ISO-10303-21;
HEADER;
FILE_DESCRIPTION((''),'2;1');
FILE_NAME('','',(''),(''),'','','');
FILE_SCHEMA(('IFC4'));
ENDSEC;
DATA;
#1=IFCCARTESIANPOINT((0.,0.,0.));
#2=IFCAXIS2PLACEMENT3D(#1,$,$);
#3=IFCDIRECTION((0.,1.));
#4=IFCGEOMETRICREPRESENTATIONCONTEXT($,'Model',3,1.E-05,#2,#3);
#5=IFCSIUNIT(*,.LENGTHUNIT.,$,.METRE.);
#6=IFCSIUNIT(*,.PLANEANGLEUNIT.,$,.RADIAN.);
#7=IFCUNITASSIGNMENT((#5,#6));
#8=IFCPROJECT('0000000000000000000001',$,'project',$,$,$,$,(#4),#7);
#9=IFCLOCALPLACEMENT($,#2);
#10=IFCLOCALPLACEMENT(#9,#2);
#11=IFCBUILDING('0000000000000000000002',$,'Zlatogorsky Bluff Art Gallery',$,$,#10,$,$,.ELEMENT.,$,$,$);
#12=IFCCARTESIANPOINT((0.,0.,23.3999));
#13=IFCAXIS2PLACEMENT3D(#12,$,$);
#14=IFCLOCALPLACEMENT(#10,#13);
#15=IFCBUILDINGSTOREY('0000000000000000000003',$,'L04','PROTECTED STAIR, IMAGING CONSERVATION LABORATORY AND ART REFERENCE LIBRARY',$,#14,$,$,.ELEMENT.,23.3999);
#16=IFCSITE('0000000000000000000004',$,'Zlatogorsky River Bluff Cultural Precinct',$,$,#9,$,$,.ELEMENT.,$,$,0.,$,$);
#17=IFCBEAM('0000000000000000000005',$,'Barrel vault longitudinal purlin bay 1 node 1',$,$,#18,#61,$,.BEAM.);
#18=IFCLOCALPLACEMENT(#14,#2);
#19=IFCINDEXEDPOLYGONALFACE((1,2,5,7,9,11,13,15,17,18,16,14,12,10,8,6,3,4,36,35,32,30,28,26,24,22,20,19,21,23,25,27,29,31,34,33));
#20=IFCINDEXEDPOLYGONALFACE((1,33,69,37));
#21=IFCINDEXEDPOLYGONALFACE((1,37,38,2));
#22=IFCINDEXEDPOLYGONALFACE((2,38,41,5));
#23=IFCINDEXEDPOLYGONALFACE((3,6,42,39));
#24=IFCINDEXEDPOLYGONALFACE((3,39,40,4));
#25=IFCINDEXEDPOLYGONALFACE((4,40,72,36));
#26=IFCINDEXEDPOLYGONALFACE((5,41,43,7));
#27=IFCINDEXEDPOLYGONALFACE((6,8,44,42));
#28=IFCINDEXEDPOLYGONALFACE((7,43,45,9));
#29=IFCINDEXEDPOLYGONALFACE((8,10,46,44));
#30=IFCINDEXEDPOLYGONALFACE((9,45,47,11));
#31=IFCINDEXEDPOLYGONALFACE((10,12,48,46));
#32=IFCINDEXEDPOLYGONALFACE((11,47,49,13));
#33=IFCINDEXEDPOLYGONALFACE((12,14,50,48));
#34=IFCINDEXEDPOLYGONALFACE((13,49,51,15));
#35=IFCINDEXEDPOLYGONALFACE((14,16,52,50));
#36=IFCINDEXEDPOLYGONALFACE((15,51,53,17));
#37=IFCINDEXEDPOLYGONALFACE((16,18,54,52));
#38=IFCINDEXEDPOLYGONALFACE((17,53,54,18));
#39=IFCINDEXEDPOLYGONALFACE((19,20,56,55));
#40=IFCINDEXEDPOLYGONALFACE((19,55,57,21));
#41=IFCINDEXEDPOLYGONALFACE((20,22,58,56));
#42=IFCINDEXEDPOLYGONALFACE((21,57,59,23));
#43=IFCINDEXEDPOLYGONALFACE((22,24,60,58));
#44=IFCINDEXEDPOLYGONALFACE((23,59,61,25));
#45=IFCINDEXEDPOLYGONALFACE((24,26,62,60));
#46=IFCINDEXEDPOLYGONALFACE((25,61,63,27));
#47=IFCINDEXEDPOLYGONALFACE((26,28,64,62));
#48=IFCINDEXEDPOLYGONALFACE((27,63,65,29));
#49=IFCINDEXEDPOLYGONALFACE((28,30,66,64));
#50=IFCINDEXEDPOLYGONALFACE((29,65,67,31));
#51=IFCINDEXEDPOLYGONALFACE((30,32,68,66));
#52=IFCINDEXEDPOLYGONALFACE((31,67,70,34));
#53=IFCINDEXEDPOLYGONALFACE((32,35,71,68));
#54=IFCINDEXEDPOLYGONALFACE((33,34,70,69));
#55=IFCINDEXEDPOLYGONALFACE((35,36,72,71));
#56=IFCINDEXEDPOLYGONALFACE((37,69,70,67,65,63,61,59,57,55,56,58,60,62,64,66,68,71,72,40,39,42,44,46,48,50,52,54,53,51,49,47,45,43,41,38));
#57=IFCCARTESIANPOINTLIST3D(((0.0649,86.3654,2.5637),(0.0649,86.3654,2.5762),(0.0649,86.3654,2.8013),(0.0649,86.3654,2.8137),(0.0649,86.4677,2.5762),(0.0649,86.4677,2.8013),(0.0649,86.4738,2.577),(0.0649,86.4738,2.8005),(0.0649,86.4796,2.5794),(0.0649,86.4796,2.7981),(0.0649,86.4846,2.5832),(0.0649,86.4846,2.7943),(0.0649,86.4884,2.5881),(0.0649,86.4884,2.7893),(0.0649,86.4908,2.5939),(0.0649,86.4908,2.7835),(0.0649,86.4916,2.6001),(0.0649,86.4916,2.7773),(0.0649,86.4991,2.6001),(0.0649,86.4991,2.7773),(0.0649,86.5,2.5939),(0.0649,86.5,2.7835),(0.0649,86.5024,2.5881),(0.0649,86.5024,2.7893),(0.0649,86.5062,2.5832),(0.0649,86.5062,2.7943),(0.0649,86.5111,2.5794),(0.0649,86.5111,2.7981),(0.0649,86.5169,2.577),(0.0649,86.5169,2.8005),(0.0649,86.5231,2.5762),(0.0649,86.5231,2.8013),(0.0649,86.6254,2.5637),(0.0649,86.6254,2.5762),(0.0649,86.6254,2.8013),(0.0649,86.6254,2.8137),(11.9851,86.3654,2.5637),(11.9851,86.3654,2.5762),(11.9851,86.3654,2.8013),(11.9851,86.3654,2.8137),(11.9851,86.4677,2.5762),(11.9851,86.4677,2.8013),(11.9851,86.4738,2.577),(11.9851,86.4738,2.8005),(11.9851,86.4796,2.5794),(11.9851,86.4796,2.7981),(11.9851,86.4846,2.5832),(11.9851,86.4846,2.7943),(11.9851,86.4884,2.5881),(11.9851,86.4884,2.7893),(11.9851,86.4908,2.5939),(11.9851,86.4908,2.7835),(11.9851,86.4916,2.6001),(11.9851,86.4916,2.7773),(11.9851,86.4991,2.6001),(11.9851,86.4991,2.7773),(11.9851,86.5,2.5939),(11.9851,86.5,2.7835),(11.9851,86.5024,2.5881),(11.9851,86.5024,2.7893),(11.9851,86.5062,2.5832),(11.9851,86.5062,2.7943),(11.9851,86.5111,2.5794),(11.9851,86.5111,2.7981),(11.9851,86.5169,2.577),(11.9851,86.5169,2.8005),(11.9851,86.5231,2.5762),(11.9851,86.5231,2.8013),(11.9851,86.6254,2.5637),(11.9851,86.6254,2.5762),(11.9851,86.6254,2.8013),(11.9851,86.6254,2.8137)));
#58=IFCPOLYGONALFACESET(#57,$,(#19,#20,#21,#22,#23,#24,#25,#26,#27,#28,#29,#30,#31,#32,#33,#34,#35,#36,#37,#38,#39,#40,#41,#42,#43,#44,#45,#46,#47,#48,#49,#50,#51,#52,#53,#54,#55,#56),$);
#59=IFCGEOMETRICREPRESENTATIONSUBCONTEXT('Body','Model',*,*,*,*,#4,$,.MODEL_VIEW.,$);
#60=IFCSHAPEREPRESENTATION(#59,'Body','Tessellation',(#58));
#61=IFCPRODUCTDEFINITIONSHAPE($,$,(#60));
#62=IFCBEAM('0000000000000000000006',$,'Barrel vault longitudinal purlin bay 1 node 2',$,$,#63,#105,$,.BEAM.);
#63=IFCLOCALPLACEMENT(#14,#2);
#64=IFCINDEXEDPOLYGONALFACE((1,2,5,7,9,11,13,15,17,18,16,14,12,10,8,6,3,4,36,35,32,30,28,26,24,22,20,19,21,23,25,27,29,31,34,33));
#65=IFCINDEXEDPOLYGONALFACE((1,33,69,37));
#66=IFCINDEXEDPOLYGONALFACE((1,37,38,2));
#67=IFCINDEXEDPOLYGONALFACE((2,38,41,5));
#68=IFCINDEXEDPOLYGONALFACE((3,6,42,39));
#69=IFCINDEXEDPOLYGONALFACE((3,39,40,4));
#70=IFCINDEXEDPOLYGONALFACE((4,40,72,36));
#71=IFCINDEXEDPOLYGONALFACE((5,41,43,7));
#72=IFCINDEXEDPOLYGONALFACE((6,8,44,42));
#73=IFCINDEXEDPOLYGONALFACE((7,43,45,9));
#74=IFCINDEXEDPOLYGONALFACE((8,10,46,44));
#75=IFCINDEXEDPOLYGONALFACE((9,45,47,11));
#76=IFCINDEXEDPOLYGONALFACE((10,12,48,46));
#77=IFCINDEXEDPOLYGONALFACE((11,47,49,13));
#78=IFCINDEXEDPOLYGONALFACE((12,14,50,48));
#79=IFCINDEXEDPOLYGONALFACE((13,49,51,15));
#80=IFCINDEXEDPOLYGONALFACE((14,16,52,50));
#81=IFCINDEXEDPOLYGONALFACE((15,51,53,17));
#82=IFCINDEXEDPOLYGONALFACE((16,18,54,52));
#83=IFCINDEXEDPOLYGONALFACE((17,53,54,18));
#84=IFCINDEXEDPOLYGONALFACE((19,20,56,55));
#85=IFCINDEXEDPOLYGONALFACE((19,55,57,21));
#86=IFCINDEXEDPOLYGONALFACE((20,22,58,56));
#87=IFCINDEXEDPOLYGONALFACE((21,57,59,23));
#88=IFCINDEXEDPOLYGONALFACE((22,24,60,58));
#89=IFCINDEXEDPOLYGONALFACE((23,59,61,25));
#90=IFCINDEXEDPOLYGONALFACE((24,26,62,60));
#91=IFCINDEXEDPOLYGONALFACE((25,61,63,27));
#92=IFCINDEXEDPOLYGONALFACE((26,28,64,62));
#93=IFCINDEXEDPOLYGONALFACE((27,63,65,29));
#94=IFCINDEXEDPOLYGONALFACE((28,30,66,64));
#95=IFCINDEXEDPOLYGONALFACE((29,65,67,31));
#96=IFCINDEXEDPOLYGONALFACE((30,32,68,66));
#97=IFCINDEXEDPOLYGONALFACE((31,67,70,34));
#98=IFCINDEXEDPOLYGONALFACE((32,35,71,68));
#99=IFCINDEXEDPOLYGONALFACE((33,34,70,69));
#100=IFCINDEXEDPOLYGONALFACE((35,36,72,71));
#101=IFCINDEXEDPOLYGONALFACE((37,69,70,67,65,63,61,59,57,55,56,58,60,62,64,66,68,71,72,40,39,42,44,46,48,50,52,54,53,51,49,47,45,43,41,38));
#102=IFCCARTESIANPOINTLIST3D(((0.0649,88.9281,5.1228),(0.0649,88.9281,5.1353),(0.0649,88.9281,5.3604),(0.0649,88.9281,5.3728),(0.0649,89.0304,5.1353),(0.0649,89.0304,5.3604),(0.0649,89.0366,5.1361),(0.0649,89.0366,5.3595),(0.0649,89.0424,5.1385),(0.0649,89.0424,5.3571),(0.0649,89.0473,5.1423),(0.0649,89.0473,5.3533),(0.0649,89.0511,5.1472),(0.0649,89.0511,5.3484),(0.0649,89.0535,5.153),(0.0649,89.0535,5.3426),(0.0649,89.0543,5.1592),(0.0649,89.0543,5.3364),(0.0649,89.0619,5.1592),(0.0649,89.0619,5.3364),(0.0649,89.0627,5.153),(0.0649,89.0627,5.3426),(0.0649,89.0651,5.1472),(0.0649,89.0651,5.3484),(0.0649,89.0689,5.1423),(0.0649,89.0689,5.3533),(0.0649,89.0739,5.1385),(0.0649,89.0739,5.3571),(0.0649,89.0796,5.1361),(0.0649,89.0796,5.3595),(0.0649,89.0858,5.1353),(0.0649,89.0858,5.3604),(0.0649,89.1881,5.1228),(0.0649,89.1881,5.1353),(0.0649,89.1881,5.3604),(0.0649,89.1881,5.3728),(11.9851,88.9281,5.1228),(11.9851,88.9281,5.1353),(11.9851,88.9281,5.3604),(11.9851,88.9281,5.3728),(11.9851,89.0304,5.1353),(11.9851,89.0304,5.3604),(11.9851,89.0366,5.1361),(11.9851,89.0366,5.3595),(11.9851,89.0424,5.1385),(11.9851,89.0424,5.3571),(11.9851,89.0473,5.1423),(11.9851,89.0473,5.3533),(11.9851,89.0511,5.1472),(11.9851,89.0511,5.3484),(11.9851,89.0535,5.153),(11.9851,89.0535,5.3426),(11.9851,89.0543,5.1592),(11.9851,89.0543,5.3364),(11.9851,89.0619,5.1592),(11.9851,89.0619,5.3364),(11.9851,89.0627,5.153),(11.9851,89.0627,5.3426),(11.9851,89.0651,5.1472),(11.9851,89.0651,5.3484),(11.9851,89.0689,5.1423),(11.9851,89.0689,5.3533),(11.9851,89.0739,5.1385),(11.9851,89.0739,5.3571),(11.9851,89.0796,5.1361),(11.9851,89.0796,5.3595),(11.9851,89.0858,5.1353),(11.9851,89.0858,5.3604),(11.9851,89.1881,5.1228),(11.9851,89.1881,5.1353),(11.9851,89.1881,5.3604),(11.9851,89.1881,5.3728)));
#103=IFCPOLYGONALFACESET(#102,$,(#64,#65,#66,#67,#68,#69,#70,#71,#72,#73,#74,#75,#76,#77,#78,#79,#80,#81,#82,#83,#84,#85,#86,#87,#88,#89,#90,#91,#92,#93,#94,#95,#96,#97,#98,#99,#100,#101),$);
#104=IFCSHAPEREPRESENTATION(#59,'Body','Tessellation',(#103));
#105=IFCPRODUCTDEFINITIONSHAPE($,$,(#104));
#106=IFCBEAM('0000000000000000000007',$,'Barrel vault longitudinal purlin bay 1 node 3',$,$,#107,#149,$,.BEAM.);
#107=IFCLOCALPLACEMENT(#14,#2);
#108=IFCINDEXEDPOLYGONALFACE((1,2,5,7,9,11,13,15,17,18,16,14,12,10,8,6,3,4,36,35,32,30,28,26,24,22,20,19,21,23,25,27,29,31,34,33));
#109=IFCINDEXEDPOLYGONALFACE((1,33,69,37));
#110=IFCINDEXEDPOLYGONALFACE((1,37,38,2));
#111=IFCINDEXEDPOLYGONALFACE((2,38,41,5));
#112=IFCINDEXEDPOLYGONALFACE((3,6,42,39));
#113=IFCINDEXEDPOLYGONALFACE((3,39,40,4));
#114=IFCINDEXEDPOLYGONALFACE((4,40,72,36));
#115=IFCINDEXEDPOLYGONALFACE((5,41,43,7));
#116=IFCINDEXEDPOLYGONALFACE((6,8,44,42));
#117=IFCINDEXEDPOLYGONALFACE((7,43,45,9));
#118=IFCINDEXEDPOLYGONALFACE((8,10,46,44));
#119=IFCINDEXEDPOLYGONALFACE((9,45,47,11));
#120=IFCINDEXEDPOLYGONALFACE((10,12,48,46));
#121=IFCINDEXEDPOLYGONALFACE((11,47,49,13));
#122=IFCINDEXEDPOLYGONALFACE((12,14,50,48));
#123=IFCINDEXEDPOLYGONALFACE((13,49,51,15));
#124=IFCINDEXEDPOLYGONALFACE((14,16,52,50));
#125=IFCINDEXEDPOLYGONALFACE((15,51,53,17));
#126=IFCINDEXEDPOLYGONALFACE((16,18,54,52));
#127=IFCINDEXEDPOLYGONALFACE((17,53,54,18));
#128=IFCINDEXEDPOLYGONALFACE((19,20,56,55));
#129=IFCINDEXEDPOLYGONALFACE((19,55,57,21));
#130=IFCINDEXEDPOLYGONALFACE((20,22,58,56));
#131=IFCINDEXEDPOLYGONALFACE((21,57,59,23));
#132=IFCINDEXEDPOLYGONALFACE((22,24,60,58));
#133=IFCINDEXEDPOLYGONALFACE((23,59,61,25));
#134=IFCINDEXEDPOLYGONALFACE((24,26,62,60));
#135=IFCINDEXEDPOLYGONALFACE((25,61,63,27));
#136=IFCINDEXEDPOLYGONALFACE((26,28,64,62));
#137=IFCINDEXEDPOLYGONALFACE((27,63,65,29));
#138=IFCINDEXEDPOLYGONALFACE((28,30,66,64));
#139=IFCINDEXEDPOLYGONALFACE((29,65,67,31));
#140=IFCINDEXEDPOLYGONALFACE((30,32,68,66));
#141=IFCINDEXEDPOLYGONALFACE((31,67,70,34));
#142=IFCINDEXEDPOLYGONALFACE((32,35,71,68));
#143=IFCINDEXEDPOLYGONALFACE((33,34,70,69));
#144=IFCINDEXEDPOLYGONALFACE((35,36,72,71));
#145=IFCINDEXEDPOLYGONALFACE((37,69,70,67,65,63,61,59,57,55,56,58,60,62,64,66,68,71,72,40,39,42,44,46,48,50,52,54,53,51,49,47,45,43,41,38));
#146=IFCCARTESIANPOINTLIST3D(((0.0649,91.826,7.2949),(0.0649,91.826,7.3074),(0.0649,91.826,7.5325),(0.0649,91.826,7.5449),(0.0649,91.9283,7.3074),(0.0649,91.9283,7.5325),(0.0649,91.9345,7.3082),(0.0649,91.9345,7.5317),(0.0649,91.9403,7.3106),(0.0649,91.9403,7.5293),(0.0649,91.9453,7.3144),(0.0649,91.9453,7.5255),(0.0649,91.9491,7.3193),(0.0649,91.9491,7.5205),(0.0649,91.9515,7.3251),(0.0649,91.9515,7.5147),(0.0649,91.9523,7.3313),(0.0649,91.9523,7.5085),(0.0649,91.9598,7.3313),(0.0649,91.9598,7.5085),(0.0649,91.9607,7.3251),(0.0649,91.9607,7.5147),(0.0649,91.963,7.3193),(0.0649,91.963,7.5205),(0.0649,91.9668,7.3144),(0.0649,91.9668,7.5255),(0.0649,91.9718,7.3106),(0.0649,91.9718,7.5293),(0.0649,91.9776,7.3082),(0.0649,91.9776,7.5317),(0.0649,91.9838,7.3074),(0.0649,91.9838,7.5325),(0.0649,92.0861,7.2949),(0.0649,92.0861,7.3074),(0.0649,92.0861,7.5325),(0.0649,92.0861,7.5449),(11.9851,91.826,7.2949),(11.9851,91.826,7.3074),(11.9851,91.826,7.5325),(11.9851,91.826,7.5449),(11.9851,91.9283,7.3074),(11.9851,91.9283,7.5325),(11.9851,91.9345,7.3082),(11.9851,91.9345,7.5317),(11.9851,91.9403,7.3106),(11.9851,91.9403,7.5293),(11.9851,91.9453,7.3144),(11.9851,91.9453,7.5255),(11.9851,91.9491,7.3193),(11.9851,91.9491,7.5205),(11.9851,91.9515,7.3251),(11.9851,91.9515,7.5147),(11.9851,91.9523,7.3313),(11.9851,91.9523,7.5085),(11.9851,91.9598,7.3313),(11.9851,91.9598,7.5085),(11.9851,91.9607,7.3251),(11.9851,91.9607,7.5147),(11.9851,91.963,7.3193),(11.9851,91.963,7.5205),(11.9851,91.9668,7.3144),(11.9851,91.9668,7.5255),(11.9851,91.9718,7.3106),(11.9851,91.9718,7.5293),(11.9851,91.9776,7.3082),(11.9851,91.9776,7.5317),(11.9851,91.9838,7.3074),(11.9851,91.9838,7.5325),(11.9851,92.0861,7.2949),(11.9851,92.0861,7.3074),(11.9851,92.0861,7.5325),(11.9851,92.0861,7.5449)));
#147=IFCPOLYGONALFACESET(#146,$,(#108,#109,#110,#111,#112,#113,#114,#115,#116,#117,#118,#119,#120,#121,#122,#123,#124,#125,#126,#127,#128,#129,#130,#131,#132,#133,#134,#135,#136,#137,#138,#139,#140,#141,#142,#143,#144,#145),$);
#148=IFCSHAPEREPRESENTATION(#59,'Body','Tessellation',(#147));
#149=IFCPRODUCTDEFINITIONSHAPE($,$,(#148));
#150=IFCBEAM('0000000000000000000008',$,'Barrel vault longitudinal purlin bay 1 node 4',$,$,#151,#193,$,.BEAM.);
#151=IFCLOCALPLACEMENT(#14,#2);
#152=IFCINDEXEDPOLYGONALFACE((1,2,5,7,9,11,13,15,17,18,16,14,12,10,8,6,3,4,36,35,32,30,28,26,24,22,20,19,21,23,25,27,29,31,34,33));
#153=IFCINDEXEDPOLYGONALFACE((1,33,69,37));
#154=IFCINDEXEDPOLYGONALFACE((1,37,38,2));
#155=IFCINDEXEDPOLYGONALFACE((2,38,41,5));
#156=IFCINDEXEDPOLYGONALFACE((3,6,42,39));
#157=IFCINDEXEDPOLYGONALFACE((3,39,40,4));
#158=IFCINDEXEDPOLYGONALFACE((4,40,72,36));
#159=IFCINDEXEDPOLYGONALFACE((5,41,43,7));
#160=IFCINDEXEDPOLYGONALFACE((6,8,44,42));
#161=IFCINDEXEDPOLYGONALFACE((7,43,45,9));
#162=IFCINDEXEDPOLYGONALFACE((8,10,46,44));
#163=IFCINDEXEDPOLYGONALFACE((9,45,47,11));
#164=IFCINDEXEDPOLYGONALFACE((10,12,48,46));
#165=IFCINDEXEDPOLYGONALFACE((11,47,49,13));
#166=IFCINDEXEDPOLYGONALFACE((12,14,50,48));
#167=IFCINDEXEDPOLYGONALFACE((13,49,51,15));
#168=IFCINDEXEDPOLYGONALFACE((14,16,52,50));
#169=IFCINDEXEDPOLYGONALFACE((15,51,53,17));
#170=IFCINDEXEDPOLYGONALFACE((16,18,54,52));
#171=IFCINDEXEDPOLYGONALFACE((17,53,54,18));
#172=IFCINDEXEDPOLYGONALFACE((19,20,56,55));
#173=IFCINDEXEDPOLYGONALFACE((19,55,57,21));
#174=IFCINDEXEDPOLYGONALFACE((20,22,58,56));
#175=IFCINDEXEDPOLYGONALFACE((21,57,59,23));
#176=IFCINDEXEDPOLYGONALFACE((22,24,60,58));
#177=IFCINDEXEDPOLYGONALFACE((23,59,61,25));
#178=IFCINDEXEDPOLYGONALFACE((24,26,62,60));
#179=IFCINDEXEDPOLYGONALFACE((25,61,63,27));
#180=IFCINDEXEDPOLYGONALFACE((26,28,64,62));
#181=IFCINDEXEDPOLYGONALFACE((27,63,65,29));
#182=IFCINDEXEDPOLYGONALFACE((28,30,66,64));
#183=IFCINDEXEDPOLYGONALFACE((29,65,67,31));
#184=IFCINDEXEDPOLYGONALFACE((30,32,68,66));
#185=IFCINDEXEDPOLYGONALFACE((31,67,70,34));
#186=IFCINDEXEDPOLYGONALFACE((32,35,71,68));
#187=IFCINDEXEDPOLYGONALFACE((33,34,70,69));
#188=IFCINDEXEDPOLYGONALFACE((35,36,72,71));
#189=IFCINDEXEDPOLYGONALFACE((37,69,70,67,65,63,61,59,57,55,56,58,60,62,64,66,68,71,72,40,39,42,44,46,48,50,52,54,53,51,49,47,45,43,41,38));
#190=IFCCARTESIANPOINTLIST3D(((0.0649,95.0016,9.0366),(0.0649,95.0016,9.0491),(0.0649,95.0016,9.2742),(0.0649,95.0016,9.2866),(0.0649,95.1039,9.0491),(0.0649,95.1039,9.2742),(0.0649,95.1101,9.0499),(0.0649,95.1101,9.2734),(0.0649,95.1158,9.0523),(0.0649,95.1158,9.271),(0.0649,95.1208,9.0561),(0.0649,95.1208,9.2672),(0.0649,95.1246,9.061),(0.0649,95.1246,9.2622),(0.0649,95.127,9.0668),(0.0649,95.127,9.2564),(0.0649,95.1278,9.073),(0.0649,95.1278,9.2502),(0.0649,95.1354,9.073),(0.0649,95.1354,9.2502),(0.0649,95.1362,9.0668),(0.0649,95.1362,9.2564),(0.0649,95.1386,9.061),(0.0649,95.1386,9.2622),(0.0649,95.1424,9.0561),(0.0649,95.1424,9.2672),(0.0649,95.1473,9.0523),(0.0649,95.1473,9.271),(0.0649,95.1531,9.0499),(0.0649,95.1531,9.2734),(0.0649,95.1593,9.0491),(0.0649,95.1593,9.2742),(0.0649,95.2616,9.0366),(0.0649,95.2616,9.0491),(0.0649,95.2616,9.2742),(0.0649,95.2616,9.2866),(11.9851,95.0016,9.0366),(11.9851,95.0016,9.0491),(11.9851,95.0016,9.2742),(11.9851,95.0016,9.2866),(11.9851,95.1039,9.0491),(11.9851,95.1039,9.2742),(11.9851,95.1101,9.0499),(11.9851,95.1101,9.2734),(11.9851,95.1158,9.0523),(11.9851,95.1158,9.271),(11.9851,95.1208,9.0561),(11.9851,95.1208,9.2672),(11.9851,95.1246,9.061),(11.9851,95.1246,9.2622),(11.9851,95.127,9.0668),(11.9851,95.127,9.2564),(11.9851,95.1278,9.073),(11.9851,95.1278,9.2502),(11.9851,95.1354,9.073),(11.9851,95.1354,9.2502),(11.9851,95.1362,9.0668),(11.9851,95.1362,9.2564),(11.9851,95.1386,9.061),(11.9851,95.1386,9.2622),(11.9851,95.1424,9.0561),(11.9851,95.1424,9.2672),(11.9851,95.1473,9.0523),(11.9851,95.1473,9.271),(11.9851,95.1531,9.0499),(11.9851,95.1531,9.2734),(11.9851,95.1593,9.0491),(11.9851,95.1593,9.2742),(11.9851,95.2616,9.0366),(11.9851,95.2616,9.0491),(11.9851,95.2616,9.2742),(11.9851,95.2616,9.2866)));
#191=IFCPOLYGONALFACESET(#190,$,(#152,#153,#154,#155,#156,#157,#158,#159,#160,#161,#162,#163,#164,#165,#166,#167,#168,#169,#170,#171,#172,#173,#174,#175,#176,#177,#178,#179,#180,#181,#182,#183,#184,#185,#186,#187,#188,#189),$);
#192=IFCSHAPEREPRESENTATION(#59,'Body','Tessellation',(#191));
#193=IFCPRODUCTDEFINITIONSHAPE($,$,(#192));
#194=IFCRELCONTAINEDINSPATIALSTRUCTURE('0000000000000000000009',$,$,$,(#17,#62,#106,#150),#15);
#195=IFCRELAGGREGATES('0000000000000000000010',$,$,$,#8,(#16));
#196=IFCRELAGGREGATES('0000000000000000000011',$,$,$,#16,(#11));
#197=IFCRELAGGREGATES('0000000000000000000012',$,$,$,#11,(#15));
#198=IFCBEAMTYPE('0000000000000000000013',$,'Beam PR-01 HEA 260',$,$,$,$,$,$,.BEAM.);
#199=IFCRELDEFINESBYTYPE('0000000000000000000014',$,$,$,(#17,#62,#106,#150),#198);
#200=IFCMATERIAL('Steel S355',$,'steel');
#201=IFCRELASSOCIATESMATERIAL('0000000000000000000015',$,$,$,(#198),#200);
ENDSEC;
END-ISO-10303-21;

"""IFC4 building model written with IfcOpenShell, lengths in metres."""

from ifc_helpers import new_model, si_unit, direction, frame, origin, origin_2d, place, context, subcontext, project, spatial, i_section, extrude, material, material_profile, profile_set, type_object, element, save


model = new_model("IFC4")

# Units and contexts
model_context = context("Model", 3, precision=1e-05, world=origin(), true_north=direction((0.0, 1.0)))
body_context = subcontext(model_context, "Body", "Model", "MODEL_VIEW")
ifc_project = project(units=[si_unit("LENGTHUNIT", "METRE"), si_unit("PLANEANGLEUNIT", "RADIAN")], contexts=[model_context])

# Site, building, storey
site_placement = place(None, origin())
site = spatial("IfcSite", under=ifc_project, at=site_placement, Name="Zlatogorsky River Bluff Cultural Precinct", CompositionType="ELEMENT", RefElevation=0.0)
building_placement = place(site_placement, origin())
building = spatial("IfcBuilding", under=site, at=building_placement, Name="Zlatogorsky Bluff Art Gallery", CompositionType="ELEMENT")
storey_placement = place(building_placement, frame((0.0, 0.0, 23.3999)))
storey = spatial("IfcBuildingStorey", under=building, at=storey_placement, Name="L04", Description="PROTECTED STAIR, IMAGING CONSERVATION LABORATORY AND ART REFERENCE LIBRARY", CompositionType="ELEMENT", Elevation=23.3999)

# Beams
ifc_material_1 = material(Name="Steel S355", Category="steel")
ifc_material_profile_1 = material_profile(ifc_material_1, i_section(OverallWidth=0.26, OverallDepth=0.25, WebThickness=0.0076, FlangeThickness=0.0125, FilletRadius=0.0239, at=origin_2d()), Name="HEA 260")
ifc_profile_set_1 = profile_set([ifc_material_profile_1], Name="Steel S355")
beam_type_1 = type_object("IfcBeamType", Name="Beam PR-01 HEA 260", PredefinedType="BEAM", material=ifc_profile_set_1)
for number, where, z_axis, x_axis, name in (
    (1, (0.0649, 86.4954, 2.6887), (1.0, 0.0, 0.0), (0.0, 1.0, 0.0), "Barrel vault longitudinal purlin bay 1 node 1"),
    (2, (0.0649, 89.0581, 5.2478), (1.0, 0.0, 0.0), (0.0, 1.0, 0.0), "Barrel vault longitudinal purlin bay 1 node 2"),
    (3, (0.0649, 91.9561, 7.4199), (1.0, 0.0, 0.0), (0.0, 1.0, 0.0), "Barrel vault longitudinal purlin bay 1 node 3"),
    (4, (0.0649, 95.1316, 9.1616), (1.0, 0.0, 0.0), (0.0, 1.0, 0.0), "Barrel vault longitudinal purlin bay 1 node 4"),
):
    element("IfcBeam", number, at=place(storey_placement, frame(where, z_axis=z_axis, x_axis=x_axis)), inside=storey, type_object=beam_type_1, Name=name, PredefinedType="BEAM", context=body_context, shape_type="SweptSolid", body=[
        extrude(i_section(OverallWidth=0.26, OverallDepth=0.25, WebThickness=0.0076, FlangeThickness=0.0125, FilletRadius=0.0239, at=origin_2d()), origin(), (0.0, 0.0, 1.0), 11.9202),
    ])

save(model, "model.ifc")
